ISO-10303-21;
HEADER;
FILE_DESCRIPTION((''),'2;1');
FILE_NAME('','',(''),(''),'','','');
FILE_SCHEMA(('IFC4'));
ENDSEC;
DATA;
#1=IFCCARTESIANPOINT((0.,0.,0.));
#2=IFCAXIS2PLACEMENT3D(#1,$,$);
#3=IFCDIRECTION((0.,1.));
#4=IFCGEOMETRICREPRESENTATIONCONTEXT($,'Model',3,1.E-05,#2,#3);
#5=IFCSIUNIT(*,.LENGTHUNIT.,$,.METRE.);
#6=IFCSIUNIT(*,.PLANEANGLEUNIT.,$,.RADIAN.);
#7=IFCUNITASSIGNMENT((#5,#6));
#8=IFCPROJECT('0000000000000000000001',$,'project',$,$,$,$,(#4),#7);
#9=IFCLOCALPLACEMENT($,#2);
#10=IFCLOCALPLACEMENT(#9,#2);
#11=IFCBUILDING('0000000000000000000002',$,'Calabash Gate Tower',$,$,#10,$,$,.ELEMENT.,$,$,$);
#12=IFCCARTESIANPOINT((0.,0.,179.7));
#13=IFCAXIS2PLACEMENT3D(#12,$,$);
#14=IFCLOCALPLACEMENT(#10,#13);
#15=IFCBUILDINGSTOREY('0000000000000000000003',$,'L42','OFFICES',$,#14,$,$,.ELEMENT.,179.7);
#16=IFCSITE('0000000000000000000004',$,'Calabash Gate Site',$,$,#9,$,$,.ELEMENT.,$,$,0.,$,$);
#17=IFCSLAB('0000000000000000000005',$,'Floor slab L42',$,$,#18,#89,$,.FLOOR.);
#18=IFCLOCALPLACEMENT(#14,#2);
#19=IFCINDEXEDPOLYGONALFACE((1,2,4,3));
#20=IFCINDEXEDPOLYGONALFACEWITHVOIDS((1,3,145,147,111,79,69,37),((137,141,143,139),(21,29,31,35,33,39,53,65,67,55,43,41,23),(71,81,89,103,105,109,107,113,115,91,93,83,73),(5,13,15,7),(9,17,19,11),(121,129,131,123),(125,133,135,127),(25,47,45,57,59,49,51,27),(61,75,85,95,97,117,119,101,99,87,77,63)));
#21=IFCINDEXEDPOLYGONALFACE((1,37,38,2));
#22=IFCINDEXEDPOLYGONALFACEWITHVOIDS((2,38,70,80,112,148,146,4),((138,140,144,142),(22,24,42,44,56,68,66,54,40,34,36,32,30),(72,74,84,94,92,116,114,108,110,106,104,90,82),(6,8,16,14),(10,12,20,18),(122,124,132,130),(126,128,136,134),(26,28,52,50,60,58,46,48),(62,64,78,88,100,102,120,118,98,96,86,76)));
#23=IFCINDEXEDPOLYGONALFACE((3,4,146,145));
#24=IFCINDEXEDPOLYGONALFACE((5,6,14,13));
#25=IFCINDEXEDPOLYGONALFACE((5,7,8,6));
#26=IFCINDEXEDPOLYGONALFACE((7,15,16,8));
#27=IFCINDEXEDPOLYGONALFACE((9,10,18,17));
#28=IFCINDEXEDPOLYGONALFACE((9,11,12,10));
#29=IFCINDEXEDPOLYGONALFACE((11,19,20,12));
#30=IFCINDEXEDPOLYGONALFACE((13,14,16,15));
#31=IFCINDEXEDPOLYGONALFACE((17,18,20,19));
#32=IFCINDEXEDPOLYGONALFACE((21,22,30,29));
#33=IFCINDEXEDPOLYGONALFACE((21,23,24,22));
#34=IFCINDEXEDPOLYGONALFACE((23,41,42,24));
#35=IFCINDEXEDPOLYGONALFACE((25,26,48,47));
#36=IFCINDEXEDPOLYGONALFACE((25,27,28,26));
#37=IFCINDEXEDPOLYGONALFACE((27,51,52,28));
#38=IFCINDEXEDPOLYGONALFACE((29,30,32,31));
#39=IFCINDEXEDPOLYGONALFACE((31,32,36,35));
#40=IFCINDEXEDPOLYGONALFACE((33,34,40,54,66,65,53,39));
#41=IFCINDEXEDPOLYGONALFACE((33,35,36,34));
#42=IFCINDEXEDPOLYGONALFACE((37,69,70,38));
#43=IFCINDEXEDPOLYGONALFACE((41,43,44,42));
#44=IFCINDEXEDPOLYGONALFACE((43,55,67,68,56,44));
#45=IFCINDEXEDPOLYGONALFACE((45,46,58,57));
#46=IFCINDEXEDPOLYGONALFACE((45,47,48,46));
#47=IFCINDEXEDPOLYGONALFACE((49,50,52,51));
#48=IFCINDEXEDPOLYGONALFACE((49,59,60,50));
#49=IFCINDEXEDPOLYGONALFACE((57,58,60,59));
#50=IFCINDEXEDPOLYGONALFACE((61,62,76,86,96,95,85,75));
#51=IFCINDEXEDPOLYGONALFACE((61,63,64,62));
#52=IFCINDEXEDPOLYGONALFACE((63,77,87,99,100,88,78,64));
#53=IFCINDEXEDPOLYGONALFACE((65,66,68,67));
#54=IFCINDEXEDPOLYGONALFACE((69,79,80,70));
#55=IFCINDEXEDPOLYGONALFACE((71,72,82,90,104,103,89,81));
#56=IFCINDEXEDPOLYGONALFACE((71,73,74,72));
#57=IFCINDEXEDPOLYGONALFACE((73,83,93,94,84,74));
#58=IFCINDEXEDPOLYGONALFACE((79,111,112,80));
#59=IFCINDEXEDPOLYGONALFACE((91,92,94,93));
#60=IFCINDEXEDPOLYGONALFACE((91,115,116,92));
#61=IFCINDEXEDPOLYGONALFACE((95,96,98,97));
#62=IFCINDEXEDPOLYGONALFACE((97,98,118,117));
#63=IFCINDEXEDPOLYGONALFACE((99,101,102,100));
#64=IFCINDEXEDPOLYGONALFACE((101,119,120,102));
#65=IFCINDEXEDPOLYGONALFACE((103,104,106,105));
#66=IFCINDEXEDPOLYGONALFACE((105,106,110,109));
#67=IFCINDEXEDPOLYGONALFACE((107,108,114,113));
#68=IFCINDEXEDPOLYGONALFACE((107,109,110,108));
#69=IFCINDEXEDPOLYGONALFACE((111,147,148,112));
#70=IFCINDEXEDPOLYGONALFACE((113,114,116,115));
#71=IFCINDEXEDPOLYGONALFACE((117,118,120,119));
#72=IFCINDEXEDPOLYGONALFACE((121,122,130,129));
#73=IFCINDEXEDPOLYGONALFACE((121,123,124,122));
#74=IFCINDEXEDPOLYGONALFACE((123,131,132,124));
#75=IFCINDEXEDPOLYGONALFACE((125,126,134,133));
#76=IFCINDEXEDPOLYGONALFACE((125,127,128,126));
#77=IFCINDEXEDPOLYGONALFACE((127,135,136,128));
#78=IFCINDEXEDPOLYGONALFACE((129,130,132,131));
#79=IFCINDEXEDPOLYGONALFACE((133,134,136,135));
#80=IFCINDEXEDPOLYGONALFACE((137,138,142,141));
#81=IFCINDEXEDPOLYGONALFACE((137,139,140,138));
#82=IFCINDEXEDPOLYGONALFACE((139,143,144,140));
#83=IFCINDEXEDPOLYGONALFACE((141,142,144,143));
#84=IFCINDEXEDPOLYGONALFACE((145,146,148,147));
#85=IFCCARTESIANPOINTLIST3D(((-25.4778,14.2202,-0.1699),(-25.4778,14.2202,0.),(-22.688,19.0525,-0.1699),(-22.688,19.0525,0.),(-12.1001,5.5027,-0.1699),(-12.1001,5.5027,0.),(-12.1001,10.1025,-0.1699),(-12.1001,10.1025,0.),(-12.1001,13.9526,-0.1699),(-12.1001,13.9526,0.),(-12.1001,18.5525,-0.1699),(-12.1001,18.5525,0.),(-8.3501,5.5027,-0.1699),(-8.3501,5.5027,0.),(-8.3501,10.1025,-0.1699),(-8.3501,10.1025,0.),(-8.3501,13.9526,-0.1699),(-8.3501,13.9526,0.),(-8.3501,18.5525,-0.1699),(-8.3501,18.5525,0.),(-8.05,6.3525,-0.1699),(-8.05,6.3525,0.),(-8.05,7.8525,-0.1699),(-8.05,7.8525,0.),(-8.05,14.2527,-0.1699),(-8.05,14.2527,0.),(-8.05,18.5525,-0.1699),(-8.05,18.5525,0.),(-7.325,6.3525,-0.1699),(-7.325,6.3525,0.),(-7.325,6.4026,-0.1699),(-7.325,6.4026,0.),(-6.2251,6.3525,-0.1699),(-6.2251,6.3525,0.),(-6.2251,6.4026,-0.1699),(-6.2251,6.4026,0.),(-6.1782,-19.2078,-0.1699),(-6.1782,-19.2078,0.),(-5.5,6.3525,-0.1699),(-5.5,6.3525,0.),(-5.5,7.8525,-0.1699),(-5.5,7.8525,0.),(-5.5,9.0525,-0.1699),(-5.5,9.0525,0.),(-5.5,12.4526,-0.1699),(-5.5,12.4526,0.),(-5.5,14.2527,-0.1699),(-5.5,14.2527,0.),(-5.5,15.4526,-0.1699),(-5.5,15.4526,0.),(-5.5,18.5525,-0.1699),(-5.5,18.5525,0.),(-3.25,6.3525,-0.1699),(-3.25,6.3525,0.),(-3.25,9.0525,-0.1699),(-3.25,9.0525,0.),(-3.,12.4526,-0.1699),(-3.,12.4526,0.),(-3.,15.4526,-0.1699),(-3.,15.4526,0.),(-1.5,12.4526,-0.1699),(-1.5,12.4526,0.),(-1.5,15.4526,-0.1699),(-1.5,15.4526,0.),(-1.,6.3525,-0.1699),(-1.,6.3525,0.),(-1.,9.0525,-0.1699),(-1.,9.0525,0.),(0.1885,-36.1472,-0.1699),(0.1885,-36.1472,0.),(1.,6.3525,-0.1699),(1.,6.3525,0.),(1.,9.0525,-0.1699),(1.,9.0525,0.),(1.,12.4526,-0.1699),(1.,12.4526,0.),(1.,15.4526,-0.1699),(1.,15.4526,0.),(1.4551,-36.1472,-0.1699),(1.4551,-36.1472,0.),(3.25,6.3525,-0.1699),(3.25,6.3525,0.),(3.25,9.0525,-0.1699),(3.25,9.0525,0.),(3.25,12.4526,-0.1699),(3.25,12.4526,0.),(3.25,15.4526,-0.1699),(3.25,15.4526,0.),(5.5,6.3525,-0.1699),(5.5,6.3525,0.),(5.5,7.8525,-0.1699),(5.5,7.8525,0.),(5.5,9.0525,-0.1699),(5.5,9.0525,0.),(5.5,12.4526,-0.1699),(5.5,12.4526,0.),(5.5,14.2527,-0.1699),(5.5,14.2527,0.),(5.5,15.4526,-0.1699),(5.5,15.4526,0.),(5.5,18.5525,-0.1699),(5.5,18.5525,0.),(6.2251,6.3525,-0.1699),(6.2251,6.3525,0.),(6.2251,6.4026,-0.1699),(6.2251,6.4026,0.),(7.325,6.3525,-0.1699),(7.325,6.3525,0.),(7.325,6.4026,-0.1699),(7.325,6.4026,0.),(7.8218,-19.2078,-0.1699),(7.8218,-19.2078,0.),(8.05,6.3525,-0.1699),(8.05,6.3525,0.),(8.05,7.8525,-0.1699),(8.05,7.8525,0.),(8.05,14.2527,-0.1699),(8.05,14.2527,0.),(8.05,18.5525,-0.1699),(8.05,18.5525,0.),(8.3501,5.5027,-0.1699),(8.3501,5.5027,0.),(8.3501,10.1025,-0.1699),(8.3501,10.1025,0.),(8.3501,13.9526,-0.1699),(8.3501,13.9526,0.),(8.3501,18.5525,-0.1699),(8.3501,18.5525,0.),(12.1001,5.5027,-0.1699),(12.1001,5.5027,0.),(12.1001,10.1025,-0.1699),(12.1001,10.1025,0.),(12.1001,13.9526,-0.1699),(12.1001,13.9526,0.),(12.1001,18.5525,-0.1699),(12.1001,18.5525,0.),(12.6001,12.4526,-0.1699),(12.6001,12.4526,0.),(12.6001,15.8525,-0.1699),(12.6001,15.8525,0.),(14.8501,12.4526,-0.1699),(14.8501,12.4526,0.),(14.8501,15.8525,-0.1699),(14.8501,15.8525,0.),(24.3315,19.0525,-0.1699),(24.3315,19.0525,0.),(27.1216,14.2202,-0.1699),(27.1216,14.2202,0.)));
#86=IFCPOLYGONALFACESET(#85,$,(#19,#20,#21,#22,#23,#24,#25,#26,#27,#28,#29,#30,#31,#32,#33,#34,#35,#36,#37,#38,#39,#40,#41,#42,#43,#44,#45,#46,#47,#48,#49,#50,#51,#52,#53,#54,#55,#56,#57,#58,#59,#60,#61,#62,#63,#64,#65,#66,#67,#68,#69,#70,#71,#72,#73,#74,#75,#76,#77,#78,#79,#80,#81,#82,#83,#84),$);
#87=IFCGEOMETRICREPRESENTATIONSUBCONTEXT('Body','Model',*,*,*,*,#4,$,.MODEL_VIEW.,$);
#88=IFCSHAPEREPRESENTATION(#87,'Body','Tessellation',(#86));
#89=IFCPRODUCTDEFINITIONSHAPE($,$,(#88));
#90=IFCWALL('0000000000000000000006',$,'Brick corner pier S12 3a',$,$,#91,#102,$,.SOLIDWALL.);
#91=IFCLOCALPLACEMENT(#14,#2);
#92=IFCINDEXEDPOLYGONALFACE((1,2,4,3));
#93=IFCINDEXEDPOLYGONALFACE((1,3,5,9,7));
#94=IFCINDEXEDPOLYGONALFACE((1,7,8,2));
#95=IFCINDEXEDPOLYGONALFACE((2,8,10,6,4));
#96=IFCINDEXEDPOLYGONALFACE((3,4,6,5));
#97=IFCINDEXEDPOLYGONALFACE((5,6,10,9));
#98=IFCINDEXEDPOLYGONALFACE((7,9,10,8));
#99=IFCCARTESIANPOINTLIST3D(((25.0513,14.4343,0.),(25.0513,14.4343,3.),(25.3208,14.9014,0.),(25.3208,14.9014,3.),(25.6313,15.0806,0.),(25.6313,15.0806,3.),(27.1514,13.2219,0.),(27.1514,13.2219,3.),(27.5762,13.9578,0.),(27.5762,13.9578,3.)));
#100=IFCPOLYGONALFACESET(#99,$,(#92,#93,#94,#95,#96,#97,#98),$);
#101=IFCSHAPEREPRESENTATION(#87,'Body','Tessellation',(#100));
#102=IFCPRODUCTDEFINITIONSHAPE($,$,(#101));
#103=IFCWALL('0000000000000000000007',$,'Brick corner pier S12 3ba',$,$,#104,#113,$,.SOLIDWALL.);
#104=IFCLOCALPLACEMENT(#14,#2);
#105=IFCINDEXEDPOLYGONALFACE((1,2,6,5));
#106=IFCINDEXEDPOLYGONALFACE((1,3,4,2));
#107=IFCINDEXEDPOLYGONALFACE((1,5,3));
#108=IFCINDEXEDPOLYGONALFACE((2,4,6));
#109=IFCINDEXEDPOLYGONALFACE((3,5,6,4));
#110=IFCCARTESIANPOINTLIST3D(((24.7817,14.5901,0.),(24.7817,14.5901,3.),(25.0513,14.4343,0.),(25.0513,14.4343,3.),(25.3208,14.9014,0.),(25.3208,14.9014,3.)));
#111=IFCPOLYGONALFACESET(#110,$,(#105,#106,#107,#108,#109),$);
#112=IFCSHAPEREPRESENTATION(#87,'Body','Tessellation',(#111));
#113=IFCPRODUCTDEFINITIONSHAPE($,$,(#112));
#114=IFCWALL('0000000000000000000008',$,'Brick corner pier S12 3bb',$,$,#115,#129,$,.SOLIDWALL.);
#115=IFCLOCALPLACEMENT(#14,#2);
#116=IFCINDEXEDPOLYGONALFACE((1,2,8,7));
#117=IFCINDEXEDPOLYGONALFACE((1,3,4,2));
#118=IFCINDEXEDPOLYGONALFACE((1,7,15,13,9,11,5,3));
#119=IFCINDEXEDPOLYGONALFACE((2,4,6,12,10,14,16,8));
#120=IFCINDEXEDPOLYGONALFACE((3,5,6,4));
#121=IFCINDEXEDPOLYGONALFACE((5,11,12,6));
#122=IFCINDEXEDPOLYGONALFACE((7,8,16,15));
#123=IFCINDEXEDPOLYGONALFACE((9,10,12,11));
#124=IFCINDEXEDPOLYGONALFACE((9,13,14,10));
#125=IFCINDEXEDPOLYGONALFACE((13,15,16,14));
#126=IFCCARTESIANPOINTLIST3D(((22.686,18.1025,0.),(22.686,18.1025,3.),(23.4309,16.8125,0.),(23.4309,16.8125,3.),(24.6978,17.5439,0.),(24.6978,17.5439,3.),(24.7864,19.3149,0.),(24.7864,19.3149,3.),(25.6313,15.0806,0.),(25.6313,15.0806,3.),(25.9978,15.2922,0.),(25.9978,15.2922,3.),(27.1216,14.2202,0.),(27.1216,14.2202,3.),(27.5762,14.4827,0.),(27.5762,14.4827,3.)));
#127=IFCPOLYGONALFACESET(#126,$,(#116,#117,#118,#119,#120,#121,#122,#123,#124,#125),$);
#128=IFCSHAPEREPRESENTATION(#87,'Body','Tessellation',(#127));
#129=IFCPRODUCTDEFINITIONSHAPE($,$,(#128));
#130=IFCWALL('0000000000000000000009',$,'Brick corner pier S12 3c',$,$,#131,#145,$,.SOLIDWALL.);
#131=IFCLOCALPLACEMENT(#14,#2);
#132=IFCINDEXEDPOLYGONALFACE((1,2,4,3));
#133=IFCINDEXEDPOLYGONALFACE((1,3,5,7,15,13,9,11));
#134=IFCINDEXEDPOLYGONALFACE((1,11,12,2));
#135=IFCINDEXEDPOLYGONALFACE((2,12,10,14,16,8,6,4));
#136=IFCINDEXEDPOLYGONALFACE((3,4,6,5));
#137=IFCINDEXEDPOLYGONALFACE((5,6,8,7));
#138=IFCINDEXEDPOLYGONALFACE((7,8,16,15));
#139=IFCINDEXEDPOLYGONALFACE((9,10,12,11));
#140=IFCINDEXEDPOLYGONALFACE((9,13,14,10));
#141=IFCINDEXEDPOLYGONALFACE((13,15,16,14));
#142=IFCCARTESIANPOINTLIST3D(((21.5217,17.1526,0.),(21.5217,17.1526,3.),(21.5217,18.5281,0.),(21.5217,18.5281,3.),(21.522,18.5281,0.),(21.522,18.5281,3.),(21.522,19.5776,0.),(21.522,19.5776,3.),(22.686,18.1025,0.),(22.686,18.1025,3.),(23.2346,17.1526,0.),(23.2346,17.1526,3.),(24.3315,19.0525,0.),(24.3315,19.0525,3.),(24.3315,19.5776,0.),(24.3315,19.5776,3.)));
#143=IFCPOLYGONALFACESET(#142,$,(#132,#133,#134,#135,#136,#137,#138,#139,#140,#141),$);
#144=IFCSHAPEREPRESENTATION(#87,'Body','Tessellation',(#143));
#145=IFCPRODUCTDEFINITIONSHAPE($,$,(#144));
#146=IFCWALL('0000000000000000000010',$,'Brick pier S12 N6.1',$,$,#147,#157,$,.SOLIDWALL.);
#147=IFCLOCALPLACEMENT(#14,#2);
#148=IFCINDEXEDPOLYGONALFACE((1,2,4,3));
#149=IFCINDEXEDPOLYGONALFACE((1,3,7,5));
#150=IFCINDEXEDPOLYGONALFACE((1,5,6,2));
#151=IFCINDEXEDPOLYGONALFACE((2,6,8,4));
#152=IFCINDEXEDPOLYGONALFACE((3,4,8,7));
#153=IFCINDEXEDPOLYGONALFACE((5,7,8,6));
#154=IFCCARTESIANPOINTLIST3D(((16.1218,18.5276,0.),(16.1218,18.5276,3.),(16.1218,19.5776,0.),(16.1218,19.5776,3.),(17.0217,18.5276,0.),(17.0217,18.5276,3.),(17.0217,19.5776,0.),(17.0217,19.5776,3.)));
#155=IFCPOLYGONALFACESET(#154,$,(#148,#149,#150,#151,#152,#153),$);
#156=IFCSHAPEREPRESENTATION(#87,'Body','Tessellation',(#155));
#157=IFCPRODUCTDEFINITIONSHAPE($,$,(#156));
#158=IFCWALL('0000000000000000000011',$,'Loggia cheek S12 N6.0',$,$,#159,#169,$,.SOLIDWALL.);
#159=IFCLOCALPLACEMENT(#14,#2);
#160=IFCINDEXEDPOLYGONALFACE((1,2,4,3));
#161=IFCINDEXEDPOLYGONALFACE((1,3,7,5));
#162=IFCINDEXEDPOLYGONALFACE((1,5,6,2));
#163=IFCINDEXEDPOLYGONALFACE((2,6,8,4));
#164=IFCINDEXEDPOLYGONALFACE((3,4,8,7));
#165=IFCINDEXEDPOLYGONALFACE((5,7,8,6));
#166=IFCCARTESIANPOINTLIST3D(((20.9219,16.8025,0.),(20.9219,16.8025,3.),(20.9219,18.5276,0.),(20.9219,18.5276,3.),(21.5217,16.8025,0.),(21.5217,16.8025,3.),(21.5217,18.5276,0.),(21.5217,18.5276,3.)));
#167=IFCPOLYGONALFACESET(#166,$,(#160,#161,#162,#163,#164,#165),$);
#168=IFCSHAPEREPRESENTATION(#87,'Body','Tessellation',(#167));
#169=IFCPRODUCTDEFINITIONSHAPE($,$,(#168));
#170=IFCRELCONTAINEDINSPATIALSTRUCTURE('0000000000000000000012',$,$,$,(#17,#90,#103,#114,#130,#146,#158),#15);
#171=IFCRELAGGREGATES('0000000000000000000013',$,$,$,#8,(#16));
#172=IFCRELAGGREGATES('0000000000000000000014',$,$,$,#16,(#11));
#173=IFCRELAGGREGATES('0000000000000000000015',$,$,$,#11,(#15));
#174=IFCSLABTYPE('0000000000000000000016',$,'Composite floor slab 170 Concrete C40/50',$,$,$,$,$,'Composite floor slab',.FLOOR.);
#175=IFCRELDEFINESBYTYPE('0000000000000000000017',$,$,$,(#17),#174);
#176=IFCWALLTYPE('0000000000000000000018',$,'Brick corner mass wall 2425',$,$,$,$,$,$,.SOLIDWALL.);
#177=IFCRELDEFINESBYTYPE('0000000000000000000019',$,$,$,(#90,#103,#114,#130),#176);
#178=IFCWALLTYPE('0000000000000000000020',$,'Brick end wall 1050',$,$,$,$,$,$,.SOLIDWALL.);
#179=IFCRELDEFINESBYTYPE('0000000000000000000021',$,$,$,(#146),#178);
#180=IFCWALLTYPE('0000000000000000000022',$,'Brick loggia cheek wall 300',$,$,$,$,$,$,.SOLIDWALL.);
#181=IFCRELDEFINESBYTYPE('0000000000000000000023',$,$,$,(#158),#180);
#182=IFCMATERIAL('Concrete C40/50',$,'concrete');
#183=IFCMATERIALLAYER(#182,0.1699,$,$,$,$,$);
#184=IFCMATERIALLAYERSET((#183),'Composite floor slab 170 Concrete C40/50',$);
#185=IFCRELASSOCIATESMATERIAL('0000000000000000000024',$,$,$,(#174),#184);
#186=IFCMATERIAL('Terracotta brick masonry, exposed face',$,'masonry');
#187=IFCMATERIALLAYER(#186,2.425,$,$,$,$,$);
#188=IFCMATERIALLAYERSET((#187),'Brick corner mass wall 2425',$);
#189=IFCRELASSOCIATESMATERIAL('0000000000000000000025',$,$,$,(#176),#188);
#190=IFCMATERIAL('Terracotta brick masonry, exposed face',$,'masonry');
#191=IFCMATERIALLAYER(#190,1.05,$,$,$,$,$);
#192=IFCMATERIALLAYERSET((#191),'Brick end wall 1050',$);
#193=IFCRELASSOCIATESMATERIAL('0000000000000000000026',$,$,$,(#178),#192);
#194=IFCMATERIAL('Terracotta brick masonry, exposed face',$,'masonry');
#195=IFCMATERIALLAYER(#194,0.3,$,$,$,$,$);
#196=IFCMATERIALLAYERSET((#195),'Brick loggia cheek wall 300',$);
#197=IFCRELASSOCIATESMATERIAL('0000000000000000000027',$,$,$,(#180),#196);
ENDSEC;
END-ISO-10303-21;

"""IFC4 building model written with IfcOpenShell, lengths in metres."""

from ifc_helpers import new_model, si_unit, direction, frame, origin, place, context, subcontext, project, spatial, polyline, outline, extrude, material, layer, layer_set, type_object, element, save


model = new_model("IFC4")

# Units and contexts
model_context = context("Model", 3, precision=1e-05, world=origin(), true_north=direction((0.0, 1.0)))
body_context = subcontext(model_context, "Body", "Model", "MODEL_VIEW")
ifc_project = project(units=[si_unit("LENGTHUNIT", "METRE"), si_unit("PLANEANGLEUNIT", "RADIAN")], contexts=[model_context])

# Site, building, storey
site_placement = place(None, origin())
site = spatial("IfcSite", under=ifc_project, at=site_placement, Name="Calabash Gate Site", CompositionType="ELEMENT", RefElevation=0.0)
building_placement = place(site_placement, origin())
building = spatial("IfcBuilding", under=site, at=building_placement, Name="Calabash Gate Tower", CompositionType="ELEMENT")
storey_placement = place(building_placement, frame((0.0, 0.0, 179.7)))
storey = spatial("IfcBuildingStorey", under=building, at=storey_placement, Name="L42", Description="OFFICES", CompositionType="ELEMENT", Elevation=179.7)

# Slab
ifc_material_1 = material(Name="Concrete C40/50", Category="concrete")
ifc_layer_1 = layer(ifc_material_1, 0.1699)
ifc_layer_set_1 = layer_set([ifc_layer_1], Name="Composite floor slab 170 Concrete C40/50")
slab_type = type_object("IfcSlabType", Name="Composite floor slab 170 Concrete C40/50", ElementType="Composite floor slab", PredefinedType="FLOOR", material=ifc_layer_set_1)
slab_placement = place(storey_placement, frame((0.0, 0.0, -0.1699)))
element("IfcSlab", 1, at=slab_placement, inside=storey, type_object=slab_type, Name="Floor slab L42", PredefinedType="FLOOR", context=body_context, shape_type="SweptSolid", body=[
    extrude(outline(polyline([(-22.688, 19.0525), (24.3315, 19.0525), (27.1216, 14.2202), (7.8218, -19.2078), (1.4551, -36.1472), (0.1885, -36.1472), (-6.1782, -19.2078), (-25.4778, 14.2202), (-22.688, 19.0525)]), holes=[polyline([(-3.25, 9.0525), (-5.5, 9.0525), (-5.5, 7.8525), (-8.05, 7.8525), (-8.05, 6.3525), (-7.325, 6.3525), (-7.325, 6.4026), (-6.2251, 6.4026), (-6.2251, 6.3525), (-5.5, 6.3525), (-3.25, 6.3525), (-1.0, 6.3525), (-1.0, 9.0525), (-3.25, 9.0525)]), polyline([(5.5, 6.3525), (6.2251, 6.3525), (6.2251, 6.4026), (7.325, 6.4026), (7.325, 6.3525), (8.05, 6.3525), (8.05, 7.8525), (5.5, 7.8525), (5.5, 9.0525), (3.25, 9.0525), (1.0, 9.0525), (1.0, 6.3525), (3.25, 6.3525), (5.5, 6.3525)]), polyline([(-5.5, 12.4526), (-3.0, 12.4526), (-3.0, 15.4526), (-5.5, 15.4526), (-5.5, 18.5525), (-8.05, 18.5525), (-8.05, 14.2527), (-5.5, 14.2527), (-5.5, 12.4526)]), polyline([(-1.5, 15.4526), (-1.5, 12.4526), (1.0, 12.4526), (3.25, 12.4526), (5.5, 12.4526), (5.5, 14.2527), (8.05, 14.2527), (8.05, 18.5525), (5.5, 18.5525), (5.5, 15.4526), (3.25, 15.4526), (1.0, 15.4526), (-1.5, 15.4526)]), polyline([(14.8501, 15.8525), (12.6001, 15.8525), (12.6001, 12.4526), (14.8501, 12.4526), (14.8501, 15.8525)]), polyline([(-8.3501, 18.5525), (-12.1001, 18.5525), (-12.1001, 13.9526), (-8.3501, 13.9526), (-8.3501, 18.5525)]), polyline([(-12.1001, 10.1025), (-12.1001, 5.5027), (-8.3501, 5.5027), (-8.3501, 10.1025), (-12.1001, 10.1025)]), polyline([(8.3501, 13.9526), (12.1001, 13.9526), (12.1001, 18.5525), (8.3501, 18.5525), (8.3501, 13.9526)]), polyline([(12.1001, 5.5027), (12.1001, 10.1025), (8.3501, 10.1025), (8.3501, 5.5027), (12.1001, 5.5027)])]), origin(), (0.0, 0.0, 1.0), 0.1699),
])

# Walls
ifc_material_2 = material(Name="Terracotta brick masonry, exposed face", Category="masonry")
ifc_layer_2 = layer(ifc_material_2, 2.425)
ifc_layer_set_2 = layer_set([ifc_layer_2], Name="Brick corner mass wall 2425")
wall_type_1 = type_object("IfcWallType", Name="Brick corner mass wall 2425", PredefinedType="SOLIDWALL", material=ifc_layer_set_2)
wall_1_placement = place(storey_placement, origin())
element("IfcWall", 2, at=wall_1_placement, inside=storey, type_object=wall_type_1, Name="Brick corner pier S12 3a", PredefinedType="SOLIDWALL", context=body_context, shape_type="SweptSolid", body=[
    extrude(outline(polyline([(25.0513, 14.4343), (27.1514, 13.2219), (27.5762, 13.9578), (25.6313, 15.0806), (25.3208, 14.9014), (25.0513, 14.4343)])), origin(), (0.0, 0.0, 1.0), 3.0),
])
wall_2_placement = place(storey_placement, origin())
element("IfcWall", 3, at=wall_2_placement, inside=storey, type_object=wall_type_1, Name="Brick corner pier S12 3ba", PredefinedType="SOLIDWALL", context=body_context, shape_type="SweptSolid", body=[
    extrude(outline(polyline([(25.0513, 14.4343), (25.3208, 14.9014), (24.7817, 14.5901), (25.0513, 14.4343)])), origin(), (0.0, 0.0, 1.0), 3.0),
])
wall_3_placement = place(storey_placement, origin())
element("IfcWall", 4, at=wall_3_placement, inside=storey, type_object=wall_type_1, Name="Brick corner pier S12 3bb", PredefinedType="SOLIDWALL", context=body_context, shape_type="SweptSolid", body=[
    extrude(outline(polyline([(23.4309, 16.8125), (24.6978, 17.5439), (25.9978, 15.2922), (25.6313, 15.0806), (27.1216, 14.2202), (27.5762, 14.4827), (24.7864, 19.3149), (22.686, 18.1025), (23.4309, 16.8125)])), origin(), (0.0, 0.0, 1.0), 3.0),
])
wall_4_placement = place(storey_placement, origin())
element("IfcWall", 5, at=wall_4_placement, inside=storey, type_object=wall_type_1, Name="Brick corner pier S12 3c", PredefinedType="SOLIDWALL", context=body_context, shape_type="SweptSolid", body=[
    extrude(outline(polyline([(21.5217, 18.5281), (21.5217, 17.1526), (23.2346, 17.1526), (22.686, 18.1025), (24.3315, 19.0525), (24.3315, 19.5776), (21.522, 19.5776), (21.522, 18.5281), (21.5217, 18.5281)])), origin(), (0.0, 0.0, 1.0), 3.0),
])
ifc_material_3 = material(Name="Terracotta brick masonry, exposed face", Category="masonry")
ifc_layer_3 = layer(ifc_material_3, 1.05)
ifc_layer_set_3 = layer_set([ifc_layer_3], Name="Brick end wall 1050")
wall_type_2 = type_object("IfcWallType", Name="Brick end wall 1050", PredefinedType="SOLIDWALL", material=ifc_layer_set_3)
wall_5_placement = place(storey_placement, origin())
element("IfcWall", 6, at=wall_5_placement, inside=storey, type_object=wall_type_2, Name="Brick pier S12 N6.1", PredefinedType="SOLIDWALL", context=body_context, shape_type="SweptSolid", body=[
    extrude(outline(polyline([(17.0217, 19.5776), (16.1218, 19.5776), (16.1218, 18.5276), (17.0217, 18.5276), (17.0217, 19.5776)])), origin(), (0.0, 0.0, 1.0), 3.0),
])
ifc_material_4 = material(Name="Terracotta brick masonry, exposed face", Category="masonry")
ifc_layer_4 = layer(ifc_material_4, 0.3)
ifc_layer_set_4 = layer_set([ifc_layer_4], Name="Brick loggia cheek wall 300")
wall_type_3 = type_object("IfcWallType", Name="Brick loggia cheek wall 300", PredefinedType="SOLIDWALL", material=ifc_layer_set_4)
wall_6_placement = place(storey_placement, origin())
element("IfcWall", 7, at=wall_6_placement, inside=storey, type_object=wall_type_3, Name="Loggia cheek S12 N6.0", PredefinedType="SOLIDWALL", context=body_context, shape_type="SweptSolid", body=[
    extrude(outline(polyline([(21.5217, 16.8025), (21.5217, 18.5276), (20.9219, 18.5276), (20.9219, 16.8025), (21.5217, 16.8025)])), origin(), (0.0, 0.0, 1.0), 3.0),
])

save(model, "model.ifc")
